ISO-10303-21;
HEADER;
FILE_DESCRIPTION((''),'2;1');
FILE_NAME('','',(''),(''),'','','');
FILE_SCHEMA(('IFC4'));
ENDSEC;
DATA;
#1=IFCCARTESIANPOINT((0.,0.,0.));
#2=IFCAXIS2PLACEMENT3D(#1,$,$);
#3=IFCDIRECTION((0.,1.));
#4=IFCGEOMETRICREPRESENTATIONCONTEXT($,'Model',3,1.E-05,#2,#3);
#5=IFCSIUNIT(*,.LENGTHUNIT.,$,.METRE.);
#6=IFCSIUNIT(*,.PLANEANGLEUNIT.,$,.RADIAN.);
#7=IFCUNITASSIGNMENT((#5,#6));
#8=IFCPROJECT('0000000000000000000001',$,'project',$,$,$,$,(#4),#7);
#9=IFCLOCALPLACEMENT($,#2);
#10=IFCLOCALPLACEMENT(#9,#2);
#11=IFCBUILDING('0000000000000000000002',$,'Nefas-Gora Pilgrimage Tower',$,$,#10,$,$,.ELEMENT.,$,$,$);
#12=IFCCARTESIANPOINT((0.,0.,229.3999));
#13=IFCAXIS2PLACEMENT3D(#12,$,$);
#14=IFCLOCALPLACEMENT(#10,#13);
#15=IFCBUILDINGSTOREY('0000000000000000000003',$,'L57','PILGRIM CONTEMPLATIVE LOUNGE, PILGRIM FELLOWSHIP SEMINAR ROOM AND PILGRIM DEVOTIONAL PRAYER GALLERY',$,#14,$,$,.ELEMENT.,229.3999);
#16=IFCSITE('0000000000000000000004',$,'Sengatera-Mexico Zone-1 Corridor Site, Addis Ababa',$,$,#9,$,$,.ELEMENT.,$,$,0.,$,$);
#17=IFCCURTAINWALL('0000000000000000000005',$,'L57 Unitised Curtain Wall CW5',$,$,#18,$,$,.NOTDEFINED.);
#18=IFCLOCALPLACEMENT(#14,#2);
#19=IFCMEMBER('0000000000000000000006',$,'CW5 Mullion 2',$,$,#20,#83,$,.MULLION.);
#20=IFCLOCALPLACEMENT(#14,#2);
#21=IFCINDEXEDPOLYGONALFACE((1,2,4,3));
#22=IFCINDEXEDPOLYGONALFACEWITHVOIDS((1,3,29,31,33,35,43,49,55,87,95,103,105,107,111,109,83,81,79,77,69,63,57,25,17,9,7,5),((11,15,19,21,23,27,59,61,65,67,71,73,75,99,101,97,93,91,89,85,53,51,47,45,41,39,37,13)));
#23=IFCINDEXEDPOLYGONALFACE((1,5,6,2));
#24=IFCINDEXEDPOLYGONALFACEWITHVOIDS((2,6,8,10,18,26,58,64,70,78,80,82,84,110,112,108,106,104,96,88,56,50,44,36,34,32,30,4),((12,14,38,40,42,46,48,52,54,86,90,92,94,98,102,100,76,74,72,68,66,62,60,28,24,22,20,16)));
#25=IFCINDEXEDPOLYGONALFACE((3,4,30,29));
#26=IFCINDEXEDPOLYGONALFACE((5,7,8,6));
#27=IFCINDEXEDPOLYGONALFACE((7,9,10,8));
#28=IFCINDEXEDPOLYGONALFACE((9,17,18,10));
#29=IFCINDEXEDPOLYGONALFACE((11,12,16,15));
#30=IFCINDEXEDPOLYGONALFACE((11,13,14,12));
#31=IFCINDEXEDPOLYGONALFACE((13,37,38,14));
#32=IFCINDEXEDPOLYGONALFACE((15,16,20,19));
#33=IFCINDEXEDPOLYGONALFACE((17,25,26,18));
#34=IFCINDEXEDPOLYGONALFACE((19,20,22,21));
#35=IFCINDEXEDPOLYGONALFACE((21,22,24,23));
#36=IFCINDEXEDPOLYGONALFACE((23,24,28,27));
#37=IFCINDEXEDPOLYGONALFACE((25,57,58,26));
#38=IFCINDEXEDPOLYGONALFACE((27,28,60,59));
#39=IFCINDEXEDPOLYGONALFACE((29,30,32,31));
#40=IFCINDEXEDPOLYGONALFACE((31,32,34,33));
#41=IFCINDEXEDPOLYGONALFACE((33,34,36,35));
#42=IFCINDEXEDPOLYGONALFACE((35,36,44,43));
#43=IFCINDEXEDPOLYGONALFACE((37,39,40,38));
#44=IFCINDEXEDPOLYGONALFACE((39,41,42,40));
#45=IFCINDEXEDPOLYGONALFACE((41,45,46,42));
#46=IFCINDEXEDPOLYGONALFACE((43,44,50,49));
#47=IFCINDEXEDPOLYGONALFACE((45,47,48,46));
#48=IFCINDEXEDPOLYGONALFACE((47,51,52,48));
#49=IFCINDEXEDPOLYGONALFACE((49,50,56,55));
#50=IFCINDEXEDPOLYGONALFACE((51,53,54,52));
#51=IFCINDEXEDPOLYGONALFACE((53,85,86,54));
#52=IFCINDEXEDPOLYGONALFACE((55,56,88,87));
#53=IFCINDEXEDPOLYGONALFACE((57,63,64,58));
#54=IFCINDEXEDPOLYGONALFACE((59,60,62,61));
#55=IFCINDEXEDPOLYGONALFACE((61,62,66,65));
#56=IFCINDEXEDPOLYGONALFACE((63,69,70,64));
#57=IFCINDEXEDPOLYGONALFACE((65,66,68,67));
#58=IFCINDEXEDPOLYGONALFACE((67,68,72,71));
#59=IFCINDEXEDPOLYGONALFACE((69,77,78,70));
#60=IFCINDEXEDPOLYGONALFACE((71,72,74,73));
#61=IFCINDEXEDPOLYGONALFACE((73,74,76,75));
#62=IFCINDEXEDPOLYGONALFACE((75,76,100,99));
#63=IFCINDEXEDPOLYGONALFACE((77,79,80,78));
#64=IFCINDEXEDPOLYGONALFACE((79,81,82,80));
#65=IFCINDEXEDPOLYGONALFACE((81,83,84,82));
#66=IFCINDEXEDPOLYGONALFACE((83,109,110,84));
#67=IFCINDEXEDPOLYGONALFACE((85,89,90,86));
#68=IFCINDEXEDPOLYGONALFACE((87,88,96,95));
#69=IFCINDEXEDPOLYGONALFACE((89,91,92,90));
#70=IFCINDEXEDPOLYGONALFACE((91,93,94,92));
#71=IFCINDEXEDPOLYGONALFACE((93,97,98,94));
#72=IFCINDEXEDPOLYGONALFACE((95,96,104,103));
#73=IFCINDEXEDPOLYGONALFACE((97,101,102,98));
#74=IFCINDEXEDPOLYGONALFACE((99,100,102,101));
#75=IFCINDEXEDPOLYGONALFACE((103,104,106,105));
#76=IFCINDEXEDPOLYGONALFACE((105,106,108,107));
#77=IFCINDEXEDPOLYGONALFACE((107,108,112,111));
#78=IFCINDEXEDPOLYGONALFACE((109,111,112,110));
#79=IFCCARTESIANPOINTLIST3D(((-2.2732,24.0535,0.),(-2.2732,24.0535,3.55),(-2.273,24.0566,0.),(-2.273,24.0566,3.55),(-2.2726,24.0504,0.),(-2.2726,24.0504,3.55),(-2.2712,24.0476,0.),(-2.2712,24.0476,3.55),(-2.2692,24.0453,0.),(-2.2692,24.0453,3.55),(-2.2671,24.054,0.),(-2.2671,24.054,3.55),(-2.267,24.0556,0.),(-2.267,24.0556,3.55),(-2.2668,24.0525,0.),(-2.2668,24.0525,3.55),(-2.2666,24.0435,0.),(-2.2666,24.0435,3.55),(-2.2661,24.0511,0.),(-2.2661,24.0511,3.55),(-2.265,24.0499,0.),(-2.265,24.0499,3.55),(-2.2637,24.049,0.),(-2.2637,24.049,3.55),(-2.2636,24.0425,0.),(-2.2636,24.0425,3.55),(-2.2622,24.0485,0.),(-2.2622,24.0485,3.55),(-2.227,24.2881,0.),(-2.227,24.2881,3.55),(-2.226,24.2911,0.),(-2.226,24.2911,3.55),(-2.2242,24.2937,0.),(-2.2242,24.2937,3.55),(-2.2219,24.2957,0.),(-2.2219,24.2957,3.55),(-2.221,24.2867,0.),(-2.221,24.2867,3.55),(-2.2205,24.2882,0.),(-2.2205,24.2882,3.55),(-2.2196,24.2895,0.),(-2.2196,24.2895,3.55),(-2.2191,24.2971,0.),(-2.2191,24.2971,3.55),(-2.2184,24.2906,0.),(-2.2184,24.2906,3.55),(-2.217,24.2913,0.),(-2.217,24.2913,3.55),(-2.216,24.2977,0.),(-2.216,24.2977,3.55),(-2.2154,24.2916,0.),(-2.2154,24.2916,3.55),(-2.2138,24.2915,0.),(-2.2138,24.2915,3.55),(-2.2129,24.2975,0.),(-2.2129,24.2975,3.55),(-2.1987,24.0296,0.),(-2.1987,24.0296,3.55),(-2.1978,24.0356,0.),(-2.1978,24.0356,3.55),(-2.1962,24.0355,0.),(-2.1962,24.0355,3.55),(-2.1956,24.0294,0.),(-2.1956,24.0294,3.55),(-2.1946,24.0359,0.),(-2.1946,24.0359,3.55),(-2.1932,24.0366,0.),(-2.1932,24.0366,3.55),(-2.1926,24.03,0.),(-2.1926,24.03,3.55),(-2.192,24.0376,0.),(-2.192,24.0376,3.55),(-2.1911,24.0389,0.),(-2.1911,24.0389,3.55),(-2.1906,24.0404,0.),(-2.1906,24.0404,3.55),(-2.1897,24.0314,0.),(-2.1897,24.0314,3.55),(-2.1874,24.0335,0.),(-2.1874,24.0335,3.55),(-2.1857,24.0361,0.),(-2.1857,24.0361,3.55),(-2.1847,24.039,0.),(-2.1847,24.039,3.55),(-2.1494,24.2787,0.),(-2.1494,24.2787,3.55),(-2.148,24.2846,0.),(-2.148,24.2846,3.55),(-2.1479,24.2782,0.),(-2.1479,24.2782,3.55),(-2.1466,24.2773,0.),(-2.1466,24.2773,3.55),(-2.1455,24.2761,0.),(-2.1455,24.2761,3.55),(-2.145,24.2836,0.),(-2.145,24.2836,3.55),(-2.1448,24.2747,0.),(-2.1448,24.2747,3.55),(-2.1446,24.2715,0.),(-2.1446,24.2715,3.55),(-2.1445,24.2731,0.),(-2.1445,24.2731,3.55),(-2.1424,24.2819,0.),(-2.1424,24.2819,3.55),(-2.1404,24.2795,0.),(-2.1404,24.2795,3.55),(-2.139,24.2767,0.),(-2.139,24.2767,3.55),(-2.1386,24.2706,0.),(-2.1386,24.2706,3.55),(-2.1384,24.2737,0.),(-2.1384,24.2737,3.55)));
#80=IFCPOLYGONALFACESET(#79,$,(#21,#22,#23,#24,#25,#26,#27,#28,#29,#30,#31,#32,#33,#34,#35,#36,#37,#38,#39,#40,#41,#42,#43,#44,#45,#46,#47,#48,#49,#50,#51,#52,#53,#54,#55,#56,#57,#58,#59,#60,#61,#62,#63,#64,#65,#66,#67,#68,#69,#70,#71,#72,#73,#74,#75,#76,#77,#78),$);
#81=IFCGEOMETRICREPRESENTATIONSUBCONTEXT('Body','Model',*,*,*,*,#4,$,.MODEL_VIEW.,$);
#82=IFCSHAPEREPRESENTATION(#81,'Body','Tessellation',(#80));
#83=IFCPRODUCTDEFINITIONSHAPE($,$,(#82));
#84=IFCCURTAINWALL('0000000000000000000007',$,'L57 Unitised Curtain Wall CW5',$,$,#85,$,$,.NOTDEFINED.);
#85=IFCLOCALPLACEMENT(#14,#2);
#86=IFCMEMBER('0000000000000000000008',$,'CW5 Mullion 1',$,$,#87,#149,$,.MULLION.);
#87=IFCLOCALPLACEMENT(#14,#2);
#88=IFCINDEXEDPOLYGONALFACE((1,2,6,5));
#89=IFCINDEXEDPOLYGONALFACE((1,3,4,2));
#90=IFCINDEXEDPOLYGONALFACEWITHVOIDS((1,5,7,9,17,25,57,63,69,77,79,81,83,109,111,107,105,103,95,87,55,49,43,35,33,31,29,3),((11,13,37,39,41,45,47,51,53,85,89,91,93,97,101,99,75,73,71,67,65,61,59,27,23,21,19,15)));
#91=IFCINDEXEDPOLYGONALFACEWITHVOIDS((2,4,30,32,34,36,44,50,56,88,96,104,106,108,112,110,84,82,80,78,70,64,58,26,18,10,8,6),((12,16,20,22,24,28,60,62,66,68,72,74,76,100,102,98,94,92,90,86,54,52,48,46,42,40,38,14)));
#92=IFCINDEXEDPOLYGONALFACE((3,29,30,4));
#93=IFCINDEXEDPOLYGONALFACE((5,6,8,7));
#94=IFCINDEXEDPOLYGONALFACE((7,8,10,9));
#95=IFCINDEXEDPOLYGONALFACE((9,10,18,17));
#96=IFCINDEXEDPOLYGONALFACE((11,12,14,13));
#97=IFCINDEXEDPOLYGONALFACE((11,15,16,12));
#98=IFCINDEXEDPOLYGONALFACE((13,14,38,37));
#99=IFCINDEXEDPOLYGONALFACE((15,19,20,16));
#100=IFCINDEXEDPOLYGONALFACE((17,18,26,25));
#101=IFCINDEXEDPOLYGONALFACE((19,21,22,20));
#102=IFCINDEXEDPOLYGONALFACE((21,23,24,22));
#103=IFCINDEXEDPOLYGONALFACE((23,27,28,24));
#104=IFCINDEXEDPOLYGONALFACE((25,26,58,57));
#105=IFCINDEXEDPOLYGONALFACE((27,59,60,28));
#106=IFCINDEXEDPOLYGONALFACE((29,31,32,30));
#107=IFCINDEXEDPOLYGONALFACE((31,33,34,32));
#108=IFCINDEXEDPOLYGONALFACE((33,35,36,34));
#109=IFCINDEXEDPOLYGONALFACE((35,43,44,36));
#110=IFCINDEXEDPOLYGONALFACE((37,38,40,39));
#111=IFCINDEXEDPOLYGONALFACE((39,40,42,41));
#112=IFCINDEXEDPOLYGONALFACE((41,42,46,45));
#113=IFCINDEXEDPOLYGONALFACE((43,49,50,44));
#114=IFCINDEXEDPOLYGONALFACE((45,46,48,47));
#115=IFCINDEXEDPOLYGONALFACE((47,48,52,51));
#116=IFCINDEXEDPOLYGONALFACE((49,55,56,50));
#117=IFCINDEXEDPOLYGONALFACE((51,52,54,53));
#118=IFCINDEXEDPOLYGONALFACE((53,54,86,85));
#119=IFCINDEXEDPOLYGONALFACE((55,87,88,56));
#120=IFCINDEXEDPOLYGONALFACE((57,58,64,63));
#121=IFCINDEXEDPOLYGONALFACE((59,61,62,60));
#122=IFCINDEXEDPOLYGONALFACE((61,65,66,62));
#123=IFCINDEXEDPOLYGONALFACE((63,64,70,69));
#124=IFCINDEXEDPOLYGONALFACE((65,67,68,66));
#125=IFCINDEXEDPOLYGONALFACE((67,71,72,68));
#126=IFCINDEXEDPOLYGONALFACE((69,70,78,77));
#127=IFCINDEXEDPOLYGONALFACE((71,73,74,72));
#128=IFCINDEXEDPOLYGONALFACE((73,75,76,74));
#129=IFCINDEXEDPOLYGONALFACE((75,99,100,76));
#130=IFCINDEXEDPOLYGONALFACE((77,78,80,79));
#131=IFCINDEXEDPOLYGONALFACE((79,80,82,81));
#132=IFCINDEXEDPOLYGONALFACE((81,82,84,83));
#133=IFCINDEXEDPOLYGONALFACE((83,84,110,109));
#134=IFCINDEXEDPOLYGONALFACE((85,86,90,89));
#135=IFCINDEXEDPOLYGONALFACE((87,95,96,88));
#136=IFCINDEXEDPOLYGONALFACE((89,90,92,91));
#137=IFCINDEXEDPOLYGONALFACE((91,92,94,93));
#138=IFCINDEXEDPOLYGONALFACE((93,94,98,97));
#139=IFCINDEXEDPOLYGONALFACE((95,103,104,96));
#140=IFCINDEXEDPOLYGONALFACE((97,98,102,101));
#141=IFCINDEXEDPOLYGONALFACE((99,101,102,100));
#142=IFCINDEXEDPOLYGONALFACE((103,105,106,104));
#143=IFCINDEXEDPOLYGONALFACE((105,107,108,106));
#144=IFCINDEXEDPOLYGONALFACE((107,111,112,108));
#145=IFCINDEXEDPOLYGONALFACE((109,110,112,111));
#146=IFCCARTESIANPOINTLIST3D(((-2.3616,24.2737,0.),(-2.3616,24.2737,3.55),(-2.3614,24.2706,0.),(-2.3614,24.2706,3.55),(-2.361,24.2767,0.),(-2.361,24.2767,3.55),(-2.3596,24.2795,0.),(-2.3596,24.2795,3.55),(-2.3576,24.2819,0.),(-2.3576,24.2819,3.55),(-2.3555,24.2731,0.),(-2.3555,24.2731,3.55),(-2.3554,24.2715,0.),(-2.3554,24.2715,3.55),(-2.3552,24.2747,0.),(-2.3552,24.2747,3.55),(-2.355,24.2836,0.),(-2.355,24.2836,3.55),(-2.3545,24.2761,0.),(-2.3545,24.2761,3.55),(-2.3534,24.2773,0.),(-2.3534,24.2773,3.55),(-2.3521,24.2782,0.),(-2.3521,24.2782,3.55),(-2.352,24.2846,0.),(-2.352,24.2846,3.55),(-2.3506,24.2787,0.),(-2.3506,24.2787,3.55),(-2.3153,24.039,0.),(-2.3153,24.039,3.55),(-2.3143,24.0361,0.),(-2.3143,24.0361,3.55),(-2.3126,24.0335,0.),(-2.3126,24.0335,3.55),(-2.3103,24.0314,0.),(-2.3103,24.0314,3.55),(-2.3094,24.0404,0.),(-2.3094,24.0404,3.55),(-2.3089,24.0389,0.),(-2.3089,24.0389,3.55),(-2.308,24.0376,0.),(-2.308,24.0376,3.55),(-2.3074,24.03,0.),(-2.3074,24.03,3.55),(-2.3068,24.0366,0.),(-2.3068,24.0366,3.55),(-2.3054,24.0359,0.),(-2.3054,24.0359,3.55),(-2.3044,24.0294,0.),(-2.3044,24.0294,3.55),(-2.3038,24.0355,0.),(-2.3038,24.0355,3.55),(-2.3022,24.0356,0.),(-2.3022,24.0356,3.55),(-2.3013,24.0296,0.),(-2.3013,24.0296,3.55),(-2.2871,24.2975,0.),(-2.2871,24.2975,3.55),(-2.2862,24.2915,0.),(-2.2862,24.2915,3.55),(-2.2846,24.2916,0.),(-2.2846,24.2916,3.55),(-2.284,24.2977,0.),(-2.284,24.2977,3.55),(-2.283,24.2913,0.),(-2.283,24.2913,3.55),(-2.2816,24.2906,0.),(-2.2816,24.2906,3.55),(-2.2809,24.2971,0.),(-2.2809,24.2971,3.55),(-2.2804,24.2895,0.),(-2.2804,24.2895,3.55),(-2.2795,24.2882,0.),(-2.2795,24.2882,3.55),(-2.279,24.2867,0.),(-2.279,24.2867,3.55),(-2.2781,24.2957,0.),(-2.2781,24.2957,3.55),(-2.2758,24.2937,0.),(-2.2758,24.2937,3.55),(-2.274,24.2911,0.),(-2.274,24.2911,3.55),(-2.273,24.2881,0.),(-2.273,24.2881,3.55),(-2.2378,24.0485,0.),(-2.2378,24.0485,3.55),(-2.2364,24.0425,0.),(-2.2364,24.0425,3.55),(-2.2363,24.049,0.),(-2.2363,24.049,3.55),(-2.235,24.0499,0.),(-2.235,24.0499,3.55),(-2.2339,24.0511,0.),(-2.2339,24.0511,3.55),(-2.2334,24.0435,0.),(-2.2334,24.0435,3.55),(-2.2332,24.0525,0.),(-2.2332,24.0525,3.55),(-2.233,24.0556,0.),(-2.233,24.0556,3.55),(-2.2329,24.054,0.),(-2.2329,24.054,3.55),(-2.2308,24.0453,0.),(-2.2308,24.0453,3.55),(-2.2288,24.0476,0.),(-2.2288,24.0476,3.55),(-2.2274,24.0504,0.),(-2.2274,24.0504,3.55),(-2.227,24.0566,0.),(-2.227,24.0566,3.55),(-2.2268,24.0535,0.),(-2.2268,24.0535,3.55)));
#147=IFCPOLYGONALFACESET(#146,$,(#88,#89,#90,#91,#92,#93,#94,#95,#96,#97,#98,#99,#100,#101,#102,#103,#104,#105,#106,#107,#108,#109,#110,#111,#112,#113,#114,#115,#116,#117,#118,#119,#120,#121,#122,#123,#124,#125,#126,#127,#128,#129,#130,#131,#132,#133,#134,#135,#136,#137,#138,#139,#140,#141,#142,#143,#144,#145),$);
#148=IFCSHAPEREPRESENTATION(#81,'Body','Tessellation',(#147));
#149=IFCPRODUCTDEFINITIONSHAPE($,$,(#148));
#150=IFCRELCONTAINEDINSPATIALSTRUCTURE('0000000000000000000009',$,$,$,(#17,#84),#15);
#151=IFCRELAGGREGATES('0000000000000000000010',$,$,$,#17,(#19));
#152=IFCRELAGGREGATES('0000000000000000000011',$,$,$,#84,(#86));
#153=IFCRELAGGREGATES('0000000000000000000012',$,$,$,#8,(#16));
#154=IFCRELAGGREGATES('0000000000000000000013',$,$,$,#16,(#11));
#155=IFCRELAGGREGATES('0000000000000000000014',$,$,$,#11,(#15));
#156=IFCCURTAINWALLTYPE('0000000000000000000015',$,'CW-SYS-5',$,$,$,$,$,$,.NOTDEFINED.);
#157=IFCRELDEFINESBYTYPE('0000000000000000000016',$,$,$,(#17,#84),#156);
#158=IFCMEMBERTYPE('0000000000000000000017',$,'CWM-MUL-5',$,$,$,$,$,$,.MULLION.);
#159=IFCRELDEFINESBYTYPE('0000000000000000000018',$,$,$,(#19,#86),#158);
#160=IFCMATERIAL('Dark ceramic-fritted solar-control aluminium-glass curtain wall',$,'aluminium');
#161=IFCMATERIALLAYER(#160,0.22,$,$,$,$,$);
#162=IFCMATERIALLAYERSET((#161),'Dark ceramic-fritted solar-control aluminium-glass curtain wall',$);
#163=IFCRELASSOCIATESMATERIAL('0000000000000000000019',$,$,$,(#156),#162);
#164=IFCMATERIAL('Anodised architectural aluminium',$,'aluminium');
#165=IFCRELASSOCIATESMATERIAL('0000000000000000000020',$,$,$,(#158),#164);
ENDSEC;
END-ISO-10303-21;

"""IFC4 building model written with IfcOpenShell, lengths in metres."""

from ifc_helpers import new_model, si_unit, direction, frame, origin, origin_2d, place, context, subcontext, project, spatial, hollow_rectangle, extrude, source, transform, mapped, material, layer, layer_set, material_profile, profile_set, type_object, element, aggregate, save


model = new_model("IFC4")

# Units and contexts
model_context = context("Model", 3, precision=1e-05, world=origin(), true_north=direction((0.0, 1.0)))
body_context = subcontext(model_context, "Body", "Model", "MODEL_VIEW")
ifc_project = project(units=[si_unit("LENGTHUNIT", "METRE"), si_unit("PLANEANGLEUNIT", "RADIAN")], contexts=[model_context])

# Site, building, storey
site_placement = place(None, origin())
site = spatial("IfcSite", under=ifc_project, at=site_placement, Name="Sengatera-Mexico Zone-1 Corridor Site, Addis Ababa", CompositionType="ELEMENT", RefElevation=0.0)
building_placement = place(site_placement, origin())
building = spatial("IfcBuilding", under=site, at=building_placement, Name="Nefas-Gora Pilgrimage Tower", CompositionType="ELEMENT")
storey_placement = place(building_placement, frame((0.0, 0.0, 229.3999)))
storey = spatial("IfcBuildingStorey", under=building, at=storey_placement, Name="L57", Description="PILGRIM CONTEMPLATIVE LOUNGE, PILGRIM FELLOWSHIP SEMINAR ROOM AND PILGRIM DEVOTIONAL PRAYER GALLERY", CompositionType="ELEMENT", Elevation=229.3999)

# Curtain wall, member
ifc_material_1 = material(Name="Dark ceramic-fritted solar-control aluminium-glass curtain wall", Category="aluminium")
ifc_layer_1 = layer(ifc_material_1, 0.22)
ifc_layer_set_1 = layer_set([ifc_layer_1], Name="Dark ceramic-fritted solar-control aluminium-glass curtain wall")
curtain_wall_type = type_object("IfcCurtainWallType", Name="CW-SYS-5", PredefinedType="NOTDEFINED", material=ifc_layer_set_1)
curtain_wall_1_placement = place(storey_placement, origin())
curtain_wall_1 = element("IfcCurtainWall", 1, at=curtain_wall_1_placement, inside=storey, type_object=curtain_wall_type, Name="L57 Unitised Curtain Wall CW5", PredefinedType="NOTDEFINED")
ifc_material_2 = material(Name="Anodised architectural aluminium", Category="aluminium")
ifc_material_profile_1 = material_profile(ifc_material_2, hollow_rectangle(XDim=0.0901, YDim=0.26, WallThickness=0.0061, InnerFilletRadius=0.0061, OuterFilletRadius=0.012, at=origin_2d()), Name="ALU MULLION 90x260")
ifc_profile_set_1 = profile_set([ifc_material_profile_1], Name="Anodised architectural aluminium")
member_type_1 = type_object("IfcMemberType", Name="CWM-MUL-5", PredefinedType="MULLION", material=ifc_profile_set_1)
shared_shape_1 = source(origin(), body_context, "Body", "SweptSolid", [
    extrude(hollow_rectangle(XDim=0.0901, YDim=0.26, WallThickness=0.0061, InnerFilletRadius=0.0061, OuterFilletRadius=0.012, at=origin_2d()), origin(), (0.0, 0.0, 1.0), 3.55),
])
member_1_placement = place(storey_placement, frame((-2.2058, 24.1636, 0.0), z_axis=(0.0, 0.0, 1.0), x_axis=(-0.980783, 0.195102, 0.0)))
member_1 = element("IfcMember", 2, at=member_1_placement, type_object=member_type_1, Name="CW5 Mullion 2", PredefinedType="MULLION", context=body_context, shape_type="MappedRepresentation", body=[
    mapped(shared_shape_1, transform((0.0, 0.0, 0.0), x_axis=(1.0, 0.0, 0.0), y_axis=(0.0, 1.0, 0.0), z_axis=(0.0, 0.0, 1.0), scale=1.0)),
])
aggregate(curtain_wall_1, [member_1])

# Curtain wall, member
curtain_wall_2_placement = place(storey_placement, origin())
curtain_wall_2 = element("IfcCurtainWall", 3, at=curtain_wall_2_placement, inside=storey, type_object=curtain_wall_type, Name="L57 Unitised Curtain Wall CW5", PredefinedType="NOTDEFINED")
member_2_placement = place(storey_placement, frame((-2.2942, 24.1636, 0.0), z_axis=(0.0, 0.0, 1.0), x_axis=(-0.980783, -0.195102, 0.0)))
member_2 = element("IfcMember", 4, at=member_2_placement, type_object=member_type_1, Name="CW5 Mullion 1", PredefinedType="MULLION", context=body_context, shape_type="MappedRepresentation", body=[
    mapped(shared_shape_1, transform((0.0, 0.0, 0.0), x_axis=(1.0, 0.0, 0.0), y_axis=(0.0, 1.0, 0.0), z_axis=(0.0, 0.0, 1.0), scale=1.0)),
])
aggregate(curtain_wall_2, [member_2])

save(model, "model.ifc")
